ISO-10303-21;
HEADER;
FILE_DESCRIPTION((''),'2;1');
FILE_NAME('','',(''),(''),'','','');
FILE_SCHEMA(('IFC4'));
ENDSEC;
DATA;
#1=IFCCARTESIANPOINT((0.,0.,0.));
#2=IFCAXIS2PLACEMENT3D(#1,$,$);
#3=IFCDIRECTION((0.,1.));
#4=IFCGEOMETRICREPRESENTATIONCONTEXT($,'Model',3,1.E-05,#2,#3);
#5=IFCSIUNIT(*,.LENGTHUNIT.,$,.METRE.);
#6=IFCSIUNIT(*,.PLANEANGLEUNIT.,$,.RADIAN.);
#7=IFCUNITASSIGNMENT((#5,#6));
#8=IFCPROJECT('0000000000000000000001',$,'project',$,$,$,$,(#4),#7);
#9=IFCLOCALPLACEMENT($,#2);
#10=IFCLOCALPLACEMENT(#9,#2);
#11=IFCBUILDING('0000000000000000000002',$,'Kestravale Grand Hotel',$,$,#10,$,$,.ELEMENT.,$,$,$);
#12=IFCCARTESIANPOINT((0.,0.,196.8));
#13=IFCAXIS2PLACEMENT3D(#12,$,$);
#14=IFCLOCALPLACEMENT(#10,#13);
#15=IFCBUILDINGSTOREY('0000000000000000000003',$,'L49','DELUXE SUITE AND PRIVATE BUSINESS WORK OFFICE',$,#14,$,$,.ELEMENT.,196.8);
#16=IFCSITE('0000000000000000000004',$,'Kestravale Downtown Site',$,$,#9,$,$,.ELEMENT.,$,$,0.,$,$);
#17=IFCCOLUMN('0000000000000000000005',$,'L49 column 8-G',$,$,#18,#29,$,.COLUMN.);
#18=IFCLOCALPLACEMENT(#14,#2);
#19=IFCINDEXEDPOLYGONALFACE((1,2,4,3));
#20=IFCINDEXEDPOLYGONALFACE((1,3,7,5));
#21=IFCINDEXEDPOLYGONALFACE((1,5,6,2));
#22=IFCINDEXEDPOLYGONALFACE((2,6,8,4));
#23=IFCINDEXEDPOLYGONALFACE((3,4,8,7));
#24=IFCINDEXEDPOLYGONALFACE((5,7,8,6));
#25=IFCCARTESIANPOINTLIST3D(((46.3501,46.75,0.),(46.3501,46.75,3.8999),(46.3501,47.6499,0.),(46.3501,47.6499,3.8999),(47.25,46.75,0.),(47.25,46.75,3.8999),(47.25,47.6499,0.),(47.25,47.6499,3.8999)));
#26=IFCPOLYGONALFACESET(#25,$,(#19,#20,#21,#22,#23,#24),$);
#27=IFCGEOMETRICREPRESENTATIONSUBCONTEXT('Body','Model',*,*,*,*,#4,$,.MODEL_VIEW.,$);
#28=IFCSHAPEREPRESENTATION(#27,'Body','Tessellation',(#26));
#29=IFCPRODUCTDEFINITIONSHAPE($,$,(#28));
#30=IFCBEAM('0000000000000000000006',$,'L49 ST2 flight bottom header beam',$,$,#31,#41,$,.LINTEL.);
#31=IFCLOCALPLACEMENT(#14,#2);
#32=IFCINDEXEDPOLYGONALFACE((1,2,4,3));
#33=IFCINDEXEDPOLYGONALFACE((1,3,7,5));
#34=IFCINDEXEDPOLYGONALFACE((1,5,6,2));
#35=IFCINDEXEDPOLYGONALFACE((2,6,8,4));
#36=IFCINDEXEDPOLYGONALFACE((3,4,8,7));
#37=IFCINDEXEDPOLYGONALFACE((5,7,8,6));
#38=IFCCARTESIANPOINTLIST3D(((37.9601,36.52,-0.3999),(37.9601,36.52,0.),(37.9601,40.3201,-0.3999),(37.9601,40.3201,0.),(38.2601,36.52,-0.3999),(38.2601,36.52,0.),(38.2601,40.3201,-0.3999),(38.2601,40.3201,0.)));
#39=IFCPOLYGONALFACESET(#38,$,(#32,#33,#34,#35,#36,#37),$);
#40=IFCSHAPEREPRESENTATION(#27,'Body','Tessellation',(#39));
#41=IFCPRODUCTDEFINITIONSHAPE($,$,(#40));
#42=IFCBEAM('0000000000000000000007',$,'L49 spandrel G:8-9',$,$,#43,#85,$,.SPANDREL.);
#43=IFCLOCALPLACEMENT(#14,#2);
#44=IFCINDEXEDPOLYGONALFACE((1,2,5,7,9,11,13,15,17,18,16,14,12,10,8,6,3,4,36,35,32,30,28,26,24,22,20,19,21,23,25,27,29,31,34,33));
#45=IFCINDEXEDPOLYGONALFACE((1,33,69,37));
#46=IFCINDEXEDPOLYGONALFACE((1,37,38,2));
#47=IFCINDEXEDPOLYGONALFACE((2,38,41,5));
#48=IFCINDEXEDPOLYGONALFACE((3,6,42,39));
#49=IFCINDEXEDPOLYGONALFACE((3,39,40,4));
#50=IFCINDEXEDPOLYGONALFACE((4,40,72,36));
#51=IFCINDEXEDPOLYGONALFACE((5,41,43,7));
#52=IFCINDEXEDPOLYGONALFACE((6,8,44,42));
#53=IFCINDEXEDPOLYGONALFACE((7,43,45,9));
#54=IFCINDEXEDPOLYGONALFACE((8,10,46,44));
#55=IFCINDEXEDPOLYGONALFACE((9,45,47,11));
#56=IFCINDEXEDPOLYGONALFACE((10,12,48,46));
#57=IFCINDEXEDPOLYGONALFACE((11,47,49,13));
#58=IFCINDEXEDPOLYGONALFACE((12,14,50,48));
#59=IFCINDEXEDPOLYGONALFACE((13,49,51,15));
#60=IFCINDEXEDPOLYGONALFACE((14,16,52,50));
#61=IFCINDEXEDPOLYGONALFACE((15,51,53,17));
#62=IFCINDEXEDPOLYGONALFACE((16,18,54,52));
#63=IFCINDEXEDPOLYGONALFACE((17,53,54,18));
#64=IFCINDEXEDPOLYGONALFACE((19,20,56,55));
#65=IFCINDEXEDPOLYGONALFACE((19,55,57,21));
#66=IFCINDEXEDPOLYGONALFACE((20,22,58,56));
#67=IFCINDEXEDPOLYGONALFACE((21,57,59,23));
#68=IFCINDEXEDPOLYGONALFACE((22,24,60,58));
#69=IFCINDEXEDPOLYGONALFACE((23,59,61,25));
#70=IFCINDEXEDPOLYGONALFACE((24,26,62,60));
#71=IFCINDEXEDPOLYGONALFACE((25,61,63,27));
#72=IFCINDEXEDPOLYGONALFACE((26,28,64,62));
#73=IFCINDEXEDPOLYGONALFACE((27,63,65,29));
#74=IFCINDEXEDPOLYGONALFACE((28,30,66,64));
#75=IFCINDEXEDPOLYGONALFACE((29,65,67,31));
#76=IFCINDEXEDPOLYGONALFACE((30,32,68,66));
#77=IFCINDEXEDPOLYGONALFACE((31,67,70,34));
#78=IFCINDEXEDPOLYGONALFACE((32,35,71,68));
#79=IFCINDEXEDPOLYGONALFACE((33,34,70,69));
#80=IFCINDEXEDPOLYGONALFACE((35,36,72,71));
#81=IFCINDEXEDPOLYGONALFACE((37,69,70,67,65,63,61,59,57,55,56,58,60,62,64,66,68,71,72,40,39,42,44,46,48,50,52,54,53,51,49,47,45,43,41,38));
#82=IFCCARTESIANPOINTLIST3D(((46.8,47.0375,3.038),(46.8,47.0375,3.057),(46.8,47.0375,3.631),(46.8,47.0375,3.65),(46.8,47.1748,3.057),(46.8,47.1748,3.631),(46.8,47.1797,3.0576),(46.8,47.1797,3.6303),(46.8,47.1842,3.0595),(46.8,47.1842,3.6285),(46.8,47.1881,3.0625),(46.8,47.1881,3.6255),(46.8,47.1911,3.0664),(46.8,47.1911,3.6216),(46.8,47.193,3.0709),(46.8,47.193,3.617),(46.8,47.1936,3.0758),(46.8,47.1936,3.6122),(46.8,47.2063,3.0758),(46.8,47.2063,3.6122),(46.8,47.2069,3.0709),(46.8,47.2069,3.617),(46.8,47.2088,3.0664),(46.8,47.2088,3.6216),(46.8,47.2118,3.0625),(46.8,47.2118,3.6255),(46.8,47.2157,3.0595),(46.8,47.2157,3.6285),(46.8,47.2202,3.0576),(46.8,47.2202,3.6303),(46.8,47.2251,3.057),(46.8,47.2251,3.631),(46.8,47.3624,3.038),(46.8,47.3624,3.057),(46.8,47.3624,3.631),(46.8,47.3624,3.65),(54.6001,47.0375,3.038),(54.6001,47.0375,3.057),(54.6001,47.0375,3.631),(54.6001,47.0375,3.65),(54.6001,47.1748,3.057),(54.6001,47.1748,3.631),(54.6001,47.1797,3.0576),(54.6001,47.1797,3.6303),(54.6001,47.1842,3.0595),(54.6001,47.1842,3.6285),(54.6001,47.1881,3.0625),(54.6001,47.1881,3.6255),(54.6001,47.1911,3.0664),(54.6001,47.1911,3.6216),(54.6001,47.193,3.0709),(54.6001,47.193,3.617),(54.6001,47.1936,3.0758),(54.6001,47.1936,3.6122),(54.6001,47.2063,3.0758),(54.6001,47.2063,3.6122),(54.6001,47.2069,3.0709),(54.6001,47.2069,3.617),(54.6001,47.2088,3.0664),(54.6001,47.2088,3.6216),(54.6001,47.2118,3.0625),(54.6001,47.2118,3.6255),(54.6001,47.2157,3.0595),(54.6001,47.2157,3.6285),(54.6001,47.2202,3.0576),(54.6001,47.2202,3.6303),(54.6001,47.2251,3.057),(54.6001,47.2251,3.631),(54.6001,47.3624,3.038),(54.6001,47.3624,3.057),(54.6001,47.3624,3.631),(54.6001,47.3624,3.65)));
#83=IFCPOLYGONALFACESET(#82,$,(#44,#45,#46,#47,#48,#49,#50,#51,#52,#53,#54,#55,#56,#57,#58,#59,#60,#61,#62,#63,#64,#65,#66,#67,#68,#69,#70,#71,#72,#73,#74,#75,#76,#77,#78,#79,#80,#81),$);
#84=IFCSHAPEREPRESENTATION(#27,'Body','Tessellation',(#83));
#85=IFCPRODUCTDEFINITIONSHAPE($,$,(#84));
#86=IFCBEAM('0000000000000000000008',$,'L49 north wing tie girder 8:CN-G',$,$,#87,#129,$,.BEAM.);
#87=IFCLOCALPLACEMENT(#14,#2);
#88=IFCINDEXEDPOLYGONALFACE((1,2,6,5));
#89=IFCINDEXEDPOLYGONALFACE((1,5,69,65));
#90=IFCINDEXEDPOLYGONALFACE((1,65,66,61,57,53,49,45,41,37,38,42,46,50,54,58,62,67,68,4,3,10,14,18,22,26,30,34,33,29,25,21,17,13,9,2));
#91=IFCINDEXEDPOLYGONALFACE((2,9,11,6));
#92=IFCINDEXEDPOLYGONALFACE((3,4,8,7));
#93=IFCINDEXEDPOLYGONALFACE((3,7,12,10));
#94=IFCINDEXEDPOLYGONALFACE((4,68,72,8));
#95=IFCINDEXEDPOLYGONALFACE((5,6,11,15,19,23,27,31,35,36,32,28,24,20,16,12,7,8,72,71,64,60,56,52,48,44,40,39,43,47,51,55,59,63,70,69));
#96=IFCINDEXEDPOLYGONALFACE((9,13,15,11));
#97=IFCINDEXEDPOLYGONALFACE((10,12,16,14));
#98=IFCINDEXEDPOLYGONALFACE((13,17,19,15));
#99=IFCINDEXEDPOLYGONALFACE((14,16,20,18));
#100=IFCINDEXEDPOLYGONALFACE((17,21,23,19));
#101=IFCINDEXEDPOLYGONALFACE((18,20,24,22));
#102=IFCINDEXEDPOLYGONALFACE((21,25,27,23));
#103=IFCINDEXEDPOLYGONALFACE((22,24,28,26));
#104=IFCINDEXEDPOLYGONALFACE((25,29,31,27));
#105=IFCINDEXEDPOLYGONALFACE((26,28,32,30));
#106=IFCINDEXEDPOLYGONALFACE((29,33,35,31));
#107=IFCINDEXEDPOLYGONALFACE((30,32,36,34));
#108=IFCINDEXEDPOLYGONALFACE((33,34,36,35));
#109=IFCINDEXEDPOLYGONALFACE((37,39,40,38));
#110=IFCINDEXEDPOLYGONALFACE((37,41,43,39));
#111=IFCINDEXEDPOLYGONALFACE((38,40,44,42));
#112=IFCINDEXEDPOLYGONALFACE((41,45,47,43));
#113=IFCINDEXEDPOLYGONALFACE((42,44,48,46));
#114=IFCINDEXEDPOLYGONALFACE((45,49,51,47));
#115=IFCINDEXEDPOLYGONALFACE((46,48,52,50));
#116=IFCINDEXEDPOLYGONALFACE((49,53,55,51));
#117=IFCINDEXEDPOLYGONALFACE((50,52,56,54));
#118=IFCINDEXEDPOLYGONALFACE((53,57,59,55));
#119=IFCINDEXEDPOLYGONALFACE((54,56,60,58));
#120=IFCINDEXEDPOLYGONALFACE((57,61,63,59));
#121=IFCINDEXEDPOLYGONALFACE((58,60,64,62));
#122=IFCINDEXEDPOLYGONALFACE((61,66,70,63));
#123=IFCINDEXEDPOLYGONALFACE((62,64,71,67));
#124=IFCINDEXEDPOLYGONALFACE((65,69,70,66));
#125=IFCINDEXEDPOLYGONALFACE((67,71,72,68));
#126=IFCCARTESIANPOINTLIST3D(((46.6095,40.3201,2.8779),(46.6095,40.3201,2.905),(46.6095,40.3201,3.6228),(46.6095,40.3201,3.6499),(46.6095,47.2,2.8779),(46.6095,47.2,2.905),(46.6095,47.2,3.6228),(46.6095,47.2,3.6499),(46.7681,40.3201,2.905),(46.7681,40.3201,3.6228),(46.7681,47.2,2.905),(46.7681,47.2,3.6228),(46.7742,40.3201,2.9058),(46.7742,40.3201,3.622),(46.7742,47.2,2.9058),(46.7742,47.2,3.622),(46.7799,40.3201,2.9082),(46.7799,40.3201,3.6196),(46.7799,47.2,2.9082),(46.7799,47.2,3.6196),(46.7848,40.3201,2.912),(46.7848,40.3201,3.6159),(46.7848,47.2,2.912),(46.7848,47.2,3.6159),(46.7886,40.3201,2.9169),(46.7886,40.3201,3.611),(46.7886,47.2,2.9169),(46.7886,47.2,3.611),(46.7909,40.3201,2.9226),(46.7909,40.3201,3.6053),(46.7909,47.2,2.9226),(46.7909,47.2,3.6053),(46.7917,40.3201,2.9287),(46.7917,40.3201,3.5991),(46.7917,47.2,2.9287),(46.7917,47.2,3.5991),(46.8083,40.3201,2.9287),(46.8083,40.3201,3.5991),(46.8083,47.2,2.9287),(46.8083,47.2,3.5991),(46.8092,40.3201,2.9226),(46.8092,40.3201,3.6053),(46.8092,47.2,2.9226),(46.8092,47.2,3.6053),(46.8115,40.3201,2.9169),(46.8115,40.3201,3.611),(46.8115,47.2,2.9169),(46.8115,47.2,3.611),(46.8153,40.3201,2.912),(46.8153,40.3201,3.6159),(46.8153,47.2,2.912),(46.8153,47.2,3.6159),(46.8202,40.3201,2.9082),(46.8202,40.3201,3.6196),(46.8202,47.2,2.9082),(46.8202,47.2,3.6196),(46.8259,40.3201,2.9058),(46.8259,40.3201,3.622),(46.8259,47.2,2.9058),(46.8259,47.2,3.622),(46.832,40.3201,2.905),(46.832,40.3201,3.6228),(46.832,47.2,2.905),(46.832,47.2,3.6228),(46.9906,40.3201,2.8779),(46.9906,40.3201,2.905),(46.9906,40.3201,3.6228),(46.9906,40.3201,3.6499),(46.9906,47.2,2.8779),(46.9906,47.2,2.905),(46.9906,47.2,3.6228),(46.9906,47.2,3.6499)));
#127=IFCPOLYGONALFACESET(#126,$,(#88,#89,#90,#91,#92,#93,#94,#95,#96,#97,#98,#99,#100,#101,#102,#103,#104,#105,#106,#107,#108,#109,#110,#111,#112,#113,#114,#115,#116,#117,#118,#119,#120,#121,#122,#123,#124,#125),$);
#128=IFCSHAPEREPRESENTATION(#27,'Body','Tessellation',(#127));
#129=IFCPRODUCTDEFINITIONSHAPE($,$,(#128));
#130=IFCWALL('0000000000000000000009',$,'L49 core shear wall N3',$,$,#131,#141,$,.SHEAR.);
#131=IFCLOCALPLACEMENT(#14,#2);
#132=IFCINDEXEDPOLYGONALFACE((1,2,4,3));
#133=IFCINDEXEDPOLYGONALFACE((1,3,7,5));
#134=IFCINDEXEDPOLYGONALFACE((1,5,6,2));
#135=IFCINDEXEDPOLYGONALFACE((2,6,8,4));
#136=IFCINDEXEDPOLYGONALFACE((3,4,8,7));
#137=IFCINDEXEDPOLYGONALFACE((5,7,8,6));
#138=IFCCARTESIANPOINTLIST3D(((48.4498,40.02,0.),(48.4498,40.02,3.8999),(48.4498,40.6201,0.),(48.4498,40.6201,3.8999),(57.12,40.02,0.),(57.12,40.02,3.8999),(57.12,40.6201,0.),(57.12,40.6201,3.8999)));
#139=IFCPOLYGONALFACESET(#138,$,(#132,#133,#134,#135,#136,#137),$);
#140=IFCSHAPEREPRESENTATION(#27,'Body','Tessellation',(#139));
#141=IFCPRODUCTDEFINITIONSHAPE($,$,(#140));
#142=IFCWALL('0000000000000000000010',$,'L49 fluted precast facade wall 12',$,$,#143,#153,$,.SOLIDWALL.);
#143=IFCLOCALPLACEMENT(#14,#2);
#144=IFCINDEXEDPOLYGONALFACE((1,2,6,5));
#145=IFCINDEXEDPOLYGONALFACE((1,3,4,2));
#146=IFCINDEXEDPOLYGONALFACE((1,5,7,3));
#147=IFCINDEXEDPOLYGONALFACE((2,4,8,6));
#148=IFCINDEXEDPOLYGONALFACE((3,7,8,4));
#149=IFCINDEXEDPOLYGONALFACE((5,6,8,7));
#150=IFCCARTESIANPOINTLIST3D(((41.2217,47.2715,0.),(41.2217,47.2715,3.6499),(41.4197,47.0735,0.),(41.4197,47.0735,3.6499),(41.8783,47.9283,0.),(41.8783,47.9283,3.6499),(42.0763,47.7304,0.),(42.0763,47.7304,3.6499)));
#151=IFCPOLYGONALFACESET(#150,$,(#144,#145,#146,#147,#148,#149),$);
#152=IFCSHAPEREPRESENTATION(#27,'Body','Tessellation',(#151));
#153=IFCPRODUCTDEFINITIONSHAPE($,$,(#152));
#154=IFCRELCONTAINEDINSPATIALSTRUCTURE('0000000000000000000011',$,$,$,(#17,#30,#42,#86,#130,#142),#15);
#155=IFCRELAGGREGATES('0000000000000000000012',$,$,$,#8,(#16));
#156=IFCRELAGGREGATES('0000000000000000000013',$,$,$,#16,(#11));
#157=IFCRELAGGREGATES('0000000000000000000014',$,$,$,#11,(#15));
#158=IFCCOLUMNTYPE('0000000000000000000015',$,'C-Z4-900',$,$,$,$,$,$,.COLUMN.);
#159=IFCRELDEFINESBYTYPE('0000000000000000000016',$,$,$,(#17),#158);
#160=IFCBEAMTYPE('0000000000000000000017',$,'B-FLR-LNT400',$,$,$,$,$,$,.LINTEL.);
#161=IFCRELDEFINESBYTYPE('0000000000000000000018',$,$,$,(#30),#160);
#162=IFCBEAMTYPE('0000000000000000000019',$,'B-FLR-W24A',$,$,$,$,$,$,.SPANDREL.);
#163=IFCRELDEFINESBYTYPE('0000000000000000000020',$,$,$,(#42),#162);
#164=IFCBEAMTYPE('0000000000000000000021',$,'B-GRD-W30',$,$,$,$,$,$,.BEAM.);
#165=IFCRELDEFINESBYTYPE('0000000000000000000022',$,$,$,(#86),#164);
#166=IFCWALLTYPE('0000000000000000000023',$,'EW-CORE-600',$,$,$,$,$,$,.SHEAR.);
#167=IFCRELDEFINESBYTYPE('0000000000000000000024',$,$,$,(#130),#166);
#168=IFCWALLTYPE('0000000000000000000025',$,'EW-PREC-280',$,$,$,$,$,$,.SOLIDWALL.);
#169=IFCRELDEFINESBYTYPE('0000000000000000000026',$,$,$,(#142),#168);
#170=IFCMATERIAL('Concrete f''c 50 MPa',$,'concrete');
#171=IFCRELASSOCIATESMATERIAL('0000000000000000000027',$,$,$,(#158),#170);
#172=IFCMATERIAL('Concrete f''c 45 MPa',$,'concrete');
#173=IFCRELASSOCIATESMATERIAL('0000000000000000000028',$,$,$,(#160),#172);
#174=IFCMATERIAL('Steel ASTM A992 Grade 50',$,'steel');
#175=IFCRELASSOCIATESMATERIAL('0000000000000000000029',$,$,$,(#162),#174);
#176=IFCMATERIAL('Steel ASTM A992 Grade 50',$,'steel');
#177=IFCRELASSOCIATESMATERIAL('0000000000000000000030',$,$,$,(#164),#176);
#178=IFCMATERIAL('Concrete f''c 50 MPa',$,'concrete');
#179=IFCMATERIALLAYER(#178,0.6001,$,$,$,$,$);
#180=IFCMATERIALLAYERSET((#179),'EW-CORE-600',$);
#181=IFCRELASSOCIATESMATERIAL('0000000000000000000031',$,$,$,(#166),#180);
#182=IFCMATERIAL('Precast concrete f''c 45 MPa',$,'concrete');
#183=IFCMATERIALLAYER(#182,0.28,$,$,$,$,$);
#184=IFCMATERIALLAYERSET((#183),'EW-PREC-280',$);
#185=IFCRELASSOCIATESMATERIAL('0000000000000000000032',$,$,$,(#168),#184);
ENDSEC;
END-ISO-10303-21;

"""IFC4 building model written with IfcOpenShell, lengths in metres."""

from ifc_helpers import new_model, si_unit, direction, frame, frame_2d, origin, origin_2d, place, context, subcontext, project, spatial, rectangle, i_section, extrude, material, layer, layer_set, material_profile, profile_set, type_object, element, save


model = new_model("IFC4")

# Units and contexts
model_context = context("Model", 3, precision=1e-05, world=origin(), true_north=direction((0.0, 1.0)))
body_context = subcontext(model_context, "Body", "Model", "MODEL_VIEW")
ifc_project = project(units=[si_unit("LENGTHUNIT", "METRE"), si_unit("PLANEANGLEUNIT", "RADIAN")], contexts=[model_context])

# Site, building, storey
site_placement = place(None, origin())
site = spatial("IfcSite", under=ifc_project, at=site_placement, Name="Kestravale Downtown Site", CompositionType="ELEMENT", RefElevation=0.0)
building_placement = place(site_placement, origin())
building = spatial("IfcBuilding", under=site, at=building_placement, Name="Kestravale Grand Hotel", CompositionType="ELEMENT")
storey_placement = place(building_placement, frame((0.0, 0.0, 196.8)))
storey = spatial("IfcBuildingStorey", under=building, at=storey_placement, Name="L49", Description="DELUXE SUITE AND PRIVATE BUSINESS WORK OFFICE", CompositionType="ELEMENT", Elevation=196.8)

# Column
ifc_material_1 = material(Name="Concrete f'c 50 MPa", Category="concrete")
ifc_material_profile_1 = material_profile(ifc_material_1, rectangle(XDim=0.8999, YDim=0.8999, at=origin_2d()))
ifc_profile_set_1 = profile_set([ifc_material_profile_1], Name="Concrete f'c 50 MPa")
column_type = type_object("IfcColumnType", Name="C-Z4-900", PredefinedType="COLUMN", material=ifc_profile_set_1)
column_placement = place(storey_placement, frame((46.8, 47.2, 0.0), z_axis=(0.0, 0.0, 1.0), x_axis=(1.0, 0.0, 0.0)))
element("IfcColumn", 1, at=column_placement, inside=storey, type_object=column_type, Name="L49 column 8-G", PredefinedType="COLUMN", context=body_context, shape_type="SweptSolid", body=[
    extrude(rectangle(XDim=0.8999, YDim=0.8999, at=origin_2d()), origin(), (0.0, 0.0, 1.0), 3.8999),
])

# Beams
ifc_material_2 = material(Name="Concrete f'c 45 MPa", Category="concrete")
ifc_material_profile_2 = material_profile(ifc_material_2, rectangle(XDim=0.3, YDim=0.3999, at=origin_2d()))
ifc_profile_set_2 = profile_set([ifc_material_profile_2], Name="Concrete f'c 45 MPa")
beam_type_1 = type_object("IfcBeamType", Name="B-FLR-LNT400", PredefinedType="LINTEL", material=ifc_profile_set_2)
beam_1_placement = place(storey_placement, frame((38.1101, 36.52, -0.2), z_axis=(0.0, 1.0, 0.0), x_axis=(-1.0, 0.0, 0.0)))
element("IfcBeam", 2, at=beam_1_placement, inside=storey, type_object=beam_type_1, Name="L49 ST2 flight bottom header beam", PredefinedType="LINTEL", context=body_context, shape_type="SweptSolid", body=[
    extrude(rectangle(XDim=0.3, YDim=0.3999, at=origin_2d()), origin(), (0.0, 0.0, 1.0), 3.8),
])
ifc_material_3 = material(Name="Steel ASTM A992 Grade 50", Category="steel")
ifc_material_profile_3 = material_profile(ifc_material_3, i_section(OverallWidth=0.325, OverallDepth=0.6121, WebThickness=0.0127, FlangeThickness=0.019, FilletRadius=0.0188, at=origin_2d()))
ifc_profile_set_3 = profile_set([ifc_material_profile_3], Name="Steel ASTM A992 Grade 50")
beam_type_2 = type_object("IfcBeamType", Name="B-FLR-W24A", PredefinedType="SPANDREL", material=ifc_profile_set_3)
beam_2_placement = place(storey_placement, frame((46.8, 47.2, 3.344), z_axis=(1.0, 0.0, 0.0), x_axis=(0.0, 1.0, 0.0)))
element("IfcBeam", 3, at=beam_2_placement, inside=storey, type_object=beam_type_2, Name="L49 spandrel G:8-9", PredefinedType="SPANDREL", context=body_context, shape_type="SweptSolid", body=[
    extrude(i_section(OverallWidth=0.325, OverallDepth=0.6121, WebThickness=0.0127, FlangeThickness=0.019, FilletRadius=0.0188, at=origin_2d()), origin(), (0.0, 0.0, 1.0), 7.8),
])
ifc_material_4 = material(Name="Steel ASTM A992 Grade 50", Category="steel")
ifc_material_profile_4 = material_profile(ifc_material_4, i_section(OverallWidth=0.3811, OverallDepth=0.772, WebThickness=0.0166, FlangeThickness=0.0271, FilletRadius=0.0237, at=origin_2d()))
ifc_profile_set_4 = profile_set([ifc_material_profile_4], Name="Steel ASTM A992 Grade 50")
beam_type_3 = type_object("IfcBeamType", Name="B-GRD-W30", PredefinedType="BEAM", material=ifc_profile_set_4)
beam_3_placement = place(storey_placement, frame((46.8, 40.3201, 3.2639), z_axis=(0.0, 1.0, 0.0), x_axis=(-1.0, 0.0, 0.0)))
element("IfcBeam", 4, at=beam_3_placement, inside=storey, type_object=beam_type_3, Name="L49 north wing tie girder 8:CN-G", PredefinedType="BEAM", context=body_context, shape_type="SweptSolid", body=[
    extrude(i_section(OverallWidth=0.3811, OverallDepth=0.772, WebThickness=0.0166, FlangeThickness=0.0271, FilletRadius=0.0237, at=origin_2d()), origin(), (0.0, 0.0, 1.0), 6.8799),
])

# Walls
ifc_material_5 = material(Name="Concrete f'c 50 MPa", Category="concrete")
ifc_layer_1 = layer(ifc_material_5, 0.6001)
ifc_layer_set_1 = layer_set([ifc_layer_1], Name="EW-CORE-600")
wall_type_1 = type_object("IfcWallType", Name="EW-CORE-600", PredefinedType="SHEAR", material=ifc_layer_set_1)
wall_1_placement = place(storey_placement, frame((48.45, 40.3201, 0.0), z_axis=(0.0, 0.0, 1.0), x_axis=(1.0, 0.0, 0.0)))
element("IfcWall", 5, at=wall_1_placement, inside=storey, type_object=wall_type_1, Name="L49 core shear wall N3", PredefinedType="SHEAR", context=body_context, shape_type="SweptSolid", body=[
    extrude(rectangle(XDim=8.6702, YDim=0.6001, at=frame_2d((4.335, 0.0))), origin(), (0.0, 0.0, 1.0), 3.8999),
])
ifc_material_6 = material(Name="Precast concrete f'c 45 MPa", Category="concrete")
ifc_layer_2 = layer(ifc_material_6, 0.28)
ifc_layer_set_2 = layer_set([ifc_layer_2], Name="EW-PREC-280")
wall_type_2 = type_object("IfcWallType", Name="EW-PREC-280", PredefinedType="SOLIDWALL", material=ifc_layer_set_2)
wall_2_placement = place(storey_placement, frame((41.9773, 47.8293, 0.0), z_axis=(0.0, 0.0, 1.0), x_axis=(-0.706975, -0.707238, 0.0)))
element("IfcWall", 6, at=wall_2_placement, inside=storey, type_object=wall_type_2, Name="L49 fluted precast facade wall 12", PredefinedType="SOLIDWALL", context=body_context, shape_type="SweptSolid", body=[
    extrude(rectangle(XDim=0.9287, YDim=0.28, at=frame_2d((0.4644, 0.0))), origin(), (0.0, 0.0, 1.0), 3.6499),
])

save(model, "model.ifc")
